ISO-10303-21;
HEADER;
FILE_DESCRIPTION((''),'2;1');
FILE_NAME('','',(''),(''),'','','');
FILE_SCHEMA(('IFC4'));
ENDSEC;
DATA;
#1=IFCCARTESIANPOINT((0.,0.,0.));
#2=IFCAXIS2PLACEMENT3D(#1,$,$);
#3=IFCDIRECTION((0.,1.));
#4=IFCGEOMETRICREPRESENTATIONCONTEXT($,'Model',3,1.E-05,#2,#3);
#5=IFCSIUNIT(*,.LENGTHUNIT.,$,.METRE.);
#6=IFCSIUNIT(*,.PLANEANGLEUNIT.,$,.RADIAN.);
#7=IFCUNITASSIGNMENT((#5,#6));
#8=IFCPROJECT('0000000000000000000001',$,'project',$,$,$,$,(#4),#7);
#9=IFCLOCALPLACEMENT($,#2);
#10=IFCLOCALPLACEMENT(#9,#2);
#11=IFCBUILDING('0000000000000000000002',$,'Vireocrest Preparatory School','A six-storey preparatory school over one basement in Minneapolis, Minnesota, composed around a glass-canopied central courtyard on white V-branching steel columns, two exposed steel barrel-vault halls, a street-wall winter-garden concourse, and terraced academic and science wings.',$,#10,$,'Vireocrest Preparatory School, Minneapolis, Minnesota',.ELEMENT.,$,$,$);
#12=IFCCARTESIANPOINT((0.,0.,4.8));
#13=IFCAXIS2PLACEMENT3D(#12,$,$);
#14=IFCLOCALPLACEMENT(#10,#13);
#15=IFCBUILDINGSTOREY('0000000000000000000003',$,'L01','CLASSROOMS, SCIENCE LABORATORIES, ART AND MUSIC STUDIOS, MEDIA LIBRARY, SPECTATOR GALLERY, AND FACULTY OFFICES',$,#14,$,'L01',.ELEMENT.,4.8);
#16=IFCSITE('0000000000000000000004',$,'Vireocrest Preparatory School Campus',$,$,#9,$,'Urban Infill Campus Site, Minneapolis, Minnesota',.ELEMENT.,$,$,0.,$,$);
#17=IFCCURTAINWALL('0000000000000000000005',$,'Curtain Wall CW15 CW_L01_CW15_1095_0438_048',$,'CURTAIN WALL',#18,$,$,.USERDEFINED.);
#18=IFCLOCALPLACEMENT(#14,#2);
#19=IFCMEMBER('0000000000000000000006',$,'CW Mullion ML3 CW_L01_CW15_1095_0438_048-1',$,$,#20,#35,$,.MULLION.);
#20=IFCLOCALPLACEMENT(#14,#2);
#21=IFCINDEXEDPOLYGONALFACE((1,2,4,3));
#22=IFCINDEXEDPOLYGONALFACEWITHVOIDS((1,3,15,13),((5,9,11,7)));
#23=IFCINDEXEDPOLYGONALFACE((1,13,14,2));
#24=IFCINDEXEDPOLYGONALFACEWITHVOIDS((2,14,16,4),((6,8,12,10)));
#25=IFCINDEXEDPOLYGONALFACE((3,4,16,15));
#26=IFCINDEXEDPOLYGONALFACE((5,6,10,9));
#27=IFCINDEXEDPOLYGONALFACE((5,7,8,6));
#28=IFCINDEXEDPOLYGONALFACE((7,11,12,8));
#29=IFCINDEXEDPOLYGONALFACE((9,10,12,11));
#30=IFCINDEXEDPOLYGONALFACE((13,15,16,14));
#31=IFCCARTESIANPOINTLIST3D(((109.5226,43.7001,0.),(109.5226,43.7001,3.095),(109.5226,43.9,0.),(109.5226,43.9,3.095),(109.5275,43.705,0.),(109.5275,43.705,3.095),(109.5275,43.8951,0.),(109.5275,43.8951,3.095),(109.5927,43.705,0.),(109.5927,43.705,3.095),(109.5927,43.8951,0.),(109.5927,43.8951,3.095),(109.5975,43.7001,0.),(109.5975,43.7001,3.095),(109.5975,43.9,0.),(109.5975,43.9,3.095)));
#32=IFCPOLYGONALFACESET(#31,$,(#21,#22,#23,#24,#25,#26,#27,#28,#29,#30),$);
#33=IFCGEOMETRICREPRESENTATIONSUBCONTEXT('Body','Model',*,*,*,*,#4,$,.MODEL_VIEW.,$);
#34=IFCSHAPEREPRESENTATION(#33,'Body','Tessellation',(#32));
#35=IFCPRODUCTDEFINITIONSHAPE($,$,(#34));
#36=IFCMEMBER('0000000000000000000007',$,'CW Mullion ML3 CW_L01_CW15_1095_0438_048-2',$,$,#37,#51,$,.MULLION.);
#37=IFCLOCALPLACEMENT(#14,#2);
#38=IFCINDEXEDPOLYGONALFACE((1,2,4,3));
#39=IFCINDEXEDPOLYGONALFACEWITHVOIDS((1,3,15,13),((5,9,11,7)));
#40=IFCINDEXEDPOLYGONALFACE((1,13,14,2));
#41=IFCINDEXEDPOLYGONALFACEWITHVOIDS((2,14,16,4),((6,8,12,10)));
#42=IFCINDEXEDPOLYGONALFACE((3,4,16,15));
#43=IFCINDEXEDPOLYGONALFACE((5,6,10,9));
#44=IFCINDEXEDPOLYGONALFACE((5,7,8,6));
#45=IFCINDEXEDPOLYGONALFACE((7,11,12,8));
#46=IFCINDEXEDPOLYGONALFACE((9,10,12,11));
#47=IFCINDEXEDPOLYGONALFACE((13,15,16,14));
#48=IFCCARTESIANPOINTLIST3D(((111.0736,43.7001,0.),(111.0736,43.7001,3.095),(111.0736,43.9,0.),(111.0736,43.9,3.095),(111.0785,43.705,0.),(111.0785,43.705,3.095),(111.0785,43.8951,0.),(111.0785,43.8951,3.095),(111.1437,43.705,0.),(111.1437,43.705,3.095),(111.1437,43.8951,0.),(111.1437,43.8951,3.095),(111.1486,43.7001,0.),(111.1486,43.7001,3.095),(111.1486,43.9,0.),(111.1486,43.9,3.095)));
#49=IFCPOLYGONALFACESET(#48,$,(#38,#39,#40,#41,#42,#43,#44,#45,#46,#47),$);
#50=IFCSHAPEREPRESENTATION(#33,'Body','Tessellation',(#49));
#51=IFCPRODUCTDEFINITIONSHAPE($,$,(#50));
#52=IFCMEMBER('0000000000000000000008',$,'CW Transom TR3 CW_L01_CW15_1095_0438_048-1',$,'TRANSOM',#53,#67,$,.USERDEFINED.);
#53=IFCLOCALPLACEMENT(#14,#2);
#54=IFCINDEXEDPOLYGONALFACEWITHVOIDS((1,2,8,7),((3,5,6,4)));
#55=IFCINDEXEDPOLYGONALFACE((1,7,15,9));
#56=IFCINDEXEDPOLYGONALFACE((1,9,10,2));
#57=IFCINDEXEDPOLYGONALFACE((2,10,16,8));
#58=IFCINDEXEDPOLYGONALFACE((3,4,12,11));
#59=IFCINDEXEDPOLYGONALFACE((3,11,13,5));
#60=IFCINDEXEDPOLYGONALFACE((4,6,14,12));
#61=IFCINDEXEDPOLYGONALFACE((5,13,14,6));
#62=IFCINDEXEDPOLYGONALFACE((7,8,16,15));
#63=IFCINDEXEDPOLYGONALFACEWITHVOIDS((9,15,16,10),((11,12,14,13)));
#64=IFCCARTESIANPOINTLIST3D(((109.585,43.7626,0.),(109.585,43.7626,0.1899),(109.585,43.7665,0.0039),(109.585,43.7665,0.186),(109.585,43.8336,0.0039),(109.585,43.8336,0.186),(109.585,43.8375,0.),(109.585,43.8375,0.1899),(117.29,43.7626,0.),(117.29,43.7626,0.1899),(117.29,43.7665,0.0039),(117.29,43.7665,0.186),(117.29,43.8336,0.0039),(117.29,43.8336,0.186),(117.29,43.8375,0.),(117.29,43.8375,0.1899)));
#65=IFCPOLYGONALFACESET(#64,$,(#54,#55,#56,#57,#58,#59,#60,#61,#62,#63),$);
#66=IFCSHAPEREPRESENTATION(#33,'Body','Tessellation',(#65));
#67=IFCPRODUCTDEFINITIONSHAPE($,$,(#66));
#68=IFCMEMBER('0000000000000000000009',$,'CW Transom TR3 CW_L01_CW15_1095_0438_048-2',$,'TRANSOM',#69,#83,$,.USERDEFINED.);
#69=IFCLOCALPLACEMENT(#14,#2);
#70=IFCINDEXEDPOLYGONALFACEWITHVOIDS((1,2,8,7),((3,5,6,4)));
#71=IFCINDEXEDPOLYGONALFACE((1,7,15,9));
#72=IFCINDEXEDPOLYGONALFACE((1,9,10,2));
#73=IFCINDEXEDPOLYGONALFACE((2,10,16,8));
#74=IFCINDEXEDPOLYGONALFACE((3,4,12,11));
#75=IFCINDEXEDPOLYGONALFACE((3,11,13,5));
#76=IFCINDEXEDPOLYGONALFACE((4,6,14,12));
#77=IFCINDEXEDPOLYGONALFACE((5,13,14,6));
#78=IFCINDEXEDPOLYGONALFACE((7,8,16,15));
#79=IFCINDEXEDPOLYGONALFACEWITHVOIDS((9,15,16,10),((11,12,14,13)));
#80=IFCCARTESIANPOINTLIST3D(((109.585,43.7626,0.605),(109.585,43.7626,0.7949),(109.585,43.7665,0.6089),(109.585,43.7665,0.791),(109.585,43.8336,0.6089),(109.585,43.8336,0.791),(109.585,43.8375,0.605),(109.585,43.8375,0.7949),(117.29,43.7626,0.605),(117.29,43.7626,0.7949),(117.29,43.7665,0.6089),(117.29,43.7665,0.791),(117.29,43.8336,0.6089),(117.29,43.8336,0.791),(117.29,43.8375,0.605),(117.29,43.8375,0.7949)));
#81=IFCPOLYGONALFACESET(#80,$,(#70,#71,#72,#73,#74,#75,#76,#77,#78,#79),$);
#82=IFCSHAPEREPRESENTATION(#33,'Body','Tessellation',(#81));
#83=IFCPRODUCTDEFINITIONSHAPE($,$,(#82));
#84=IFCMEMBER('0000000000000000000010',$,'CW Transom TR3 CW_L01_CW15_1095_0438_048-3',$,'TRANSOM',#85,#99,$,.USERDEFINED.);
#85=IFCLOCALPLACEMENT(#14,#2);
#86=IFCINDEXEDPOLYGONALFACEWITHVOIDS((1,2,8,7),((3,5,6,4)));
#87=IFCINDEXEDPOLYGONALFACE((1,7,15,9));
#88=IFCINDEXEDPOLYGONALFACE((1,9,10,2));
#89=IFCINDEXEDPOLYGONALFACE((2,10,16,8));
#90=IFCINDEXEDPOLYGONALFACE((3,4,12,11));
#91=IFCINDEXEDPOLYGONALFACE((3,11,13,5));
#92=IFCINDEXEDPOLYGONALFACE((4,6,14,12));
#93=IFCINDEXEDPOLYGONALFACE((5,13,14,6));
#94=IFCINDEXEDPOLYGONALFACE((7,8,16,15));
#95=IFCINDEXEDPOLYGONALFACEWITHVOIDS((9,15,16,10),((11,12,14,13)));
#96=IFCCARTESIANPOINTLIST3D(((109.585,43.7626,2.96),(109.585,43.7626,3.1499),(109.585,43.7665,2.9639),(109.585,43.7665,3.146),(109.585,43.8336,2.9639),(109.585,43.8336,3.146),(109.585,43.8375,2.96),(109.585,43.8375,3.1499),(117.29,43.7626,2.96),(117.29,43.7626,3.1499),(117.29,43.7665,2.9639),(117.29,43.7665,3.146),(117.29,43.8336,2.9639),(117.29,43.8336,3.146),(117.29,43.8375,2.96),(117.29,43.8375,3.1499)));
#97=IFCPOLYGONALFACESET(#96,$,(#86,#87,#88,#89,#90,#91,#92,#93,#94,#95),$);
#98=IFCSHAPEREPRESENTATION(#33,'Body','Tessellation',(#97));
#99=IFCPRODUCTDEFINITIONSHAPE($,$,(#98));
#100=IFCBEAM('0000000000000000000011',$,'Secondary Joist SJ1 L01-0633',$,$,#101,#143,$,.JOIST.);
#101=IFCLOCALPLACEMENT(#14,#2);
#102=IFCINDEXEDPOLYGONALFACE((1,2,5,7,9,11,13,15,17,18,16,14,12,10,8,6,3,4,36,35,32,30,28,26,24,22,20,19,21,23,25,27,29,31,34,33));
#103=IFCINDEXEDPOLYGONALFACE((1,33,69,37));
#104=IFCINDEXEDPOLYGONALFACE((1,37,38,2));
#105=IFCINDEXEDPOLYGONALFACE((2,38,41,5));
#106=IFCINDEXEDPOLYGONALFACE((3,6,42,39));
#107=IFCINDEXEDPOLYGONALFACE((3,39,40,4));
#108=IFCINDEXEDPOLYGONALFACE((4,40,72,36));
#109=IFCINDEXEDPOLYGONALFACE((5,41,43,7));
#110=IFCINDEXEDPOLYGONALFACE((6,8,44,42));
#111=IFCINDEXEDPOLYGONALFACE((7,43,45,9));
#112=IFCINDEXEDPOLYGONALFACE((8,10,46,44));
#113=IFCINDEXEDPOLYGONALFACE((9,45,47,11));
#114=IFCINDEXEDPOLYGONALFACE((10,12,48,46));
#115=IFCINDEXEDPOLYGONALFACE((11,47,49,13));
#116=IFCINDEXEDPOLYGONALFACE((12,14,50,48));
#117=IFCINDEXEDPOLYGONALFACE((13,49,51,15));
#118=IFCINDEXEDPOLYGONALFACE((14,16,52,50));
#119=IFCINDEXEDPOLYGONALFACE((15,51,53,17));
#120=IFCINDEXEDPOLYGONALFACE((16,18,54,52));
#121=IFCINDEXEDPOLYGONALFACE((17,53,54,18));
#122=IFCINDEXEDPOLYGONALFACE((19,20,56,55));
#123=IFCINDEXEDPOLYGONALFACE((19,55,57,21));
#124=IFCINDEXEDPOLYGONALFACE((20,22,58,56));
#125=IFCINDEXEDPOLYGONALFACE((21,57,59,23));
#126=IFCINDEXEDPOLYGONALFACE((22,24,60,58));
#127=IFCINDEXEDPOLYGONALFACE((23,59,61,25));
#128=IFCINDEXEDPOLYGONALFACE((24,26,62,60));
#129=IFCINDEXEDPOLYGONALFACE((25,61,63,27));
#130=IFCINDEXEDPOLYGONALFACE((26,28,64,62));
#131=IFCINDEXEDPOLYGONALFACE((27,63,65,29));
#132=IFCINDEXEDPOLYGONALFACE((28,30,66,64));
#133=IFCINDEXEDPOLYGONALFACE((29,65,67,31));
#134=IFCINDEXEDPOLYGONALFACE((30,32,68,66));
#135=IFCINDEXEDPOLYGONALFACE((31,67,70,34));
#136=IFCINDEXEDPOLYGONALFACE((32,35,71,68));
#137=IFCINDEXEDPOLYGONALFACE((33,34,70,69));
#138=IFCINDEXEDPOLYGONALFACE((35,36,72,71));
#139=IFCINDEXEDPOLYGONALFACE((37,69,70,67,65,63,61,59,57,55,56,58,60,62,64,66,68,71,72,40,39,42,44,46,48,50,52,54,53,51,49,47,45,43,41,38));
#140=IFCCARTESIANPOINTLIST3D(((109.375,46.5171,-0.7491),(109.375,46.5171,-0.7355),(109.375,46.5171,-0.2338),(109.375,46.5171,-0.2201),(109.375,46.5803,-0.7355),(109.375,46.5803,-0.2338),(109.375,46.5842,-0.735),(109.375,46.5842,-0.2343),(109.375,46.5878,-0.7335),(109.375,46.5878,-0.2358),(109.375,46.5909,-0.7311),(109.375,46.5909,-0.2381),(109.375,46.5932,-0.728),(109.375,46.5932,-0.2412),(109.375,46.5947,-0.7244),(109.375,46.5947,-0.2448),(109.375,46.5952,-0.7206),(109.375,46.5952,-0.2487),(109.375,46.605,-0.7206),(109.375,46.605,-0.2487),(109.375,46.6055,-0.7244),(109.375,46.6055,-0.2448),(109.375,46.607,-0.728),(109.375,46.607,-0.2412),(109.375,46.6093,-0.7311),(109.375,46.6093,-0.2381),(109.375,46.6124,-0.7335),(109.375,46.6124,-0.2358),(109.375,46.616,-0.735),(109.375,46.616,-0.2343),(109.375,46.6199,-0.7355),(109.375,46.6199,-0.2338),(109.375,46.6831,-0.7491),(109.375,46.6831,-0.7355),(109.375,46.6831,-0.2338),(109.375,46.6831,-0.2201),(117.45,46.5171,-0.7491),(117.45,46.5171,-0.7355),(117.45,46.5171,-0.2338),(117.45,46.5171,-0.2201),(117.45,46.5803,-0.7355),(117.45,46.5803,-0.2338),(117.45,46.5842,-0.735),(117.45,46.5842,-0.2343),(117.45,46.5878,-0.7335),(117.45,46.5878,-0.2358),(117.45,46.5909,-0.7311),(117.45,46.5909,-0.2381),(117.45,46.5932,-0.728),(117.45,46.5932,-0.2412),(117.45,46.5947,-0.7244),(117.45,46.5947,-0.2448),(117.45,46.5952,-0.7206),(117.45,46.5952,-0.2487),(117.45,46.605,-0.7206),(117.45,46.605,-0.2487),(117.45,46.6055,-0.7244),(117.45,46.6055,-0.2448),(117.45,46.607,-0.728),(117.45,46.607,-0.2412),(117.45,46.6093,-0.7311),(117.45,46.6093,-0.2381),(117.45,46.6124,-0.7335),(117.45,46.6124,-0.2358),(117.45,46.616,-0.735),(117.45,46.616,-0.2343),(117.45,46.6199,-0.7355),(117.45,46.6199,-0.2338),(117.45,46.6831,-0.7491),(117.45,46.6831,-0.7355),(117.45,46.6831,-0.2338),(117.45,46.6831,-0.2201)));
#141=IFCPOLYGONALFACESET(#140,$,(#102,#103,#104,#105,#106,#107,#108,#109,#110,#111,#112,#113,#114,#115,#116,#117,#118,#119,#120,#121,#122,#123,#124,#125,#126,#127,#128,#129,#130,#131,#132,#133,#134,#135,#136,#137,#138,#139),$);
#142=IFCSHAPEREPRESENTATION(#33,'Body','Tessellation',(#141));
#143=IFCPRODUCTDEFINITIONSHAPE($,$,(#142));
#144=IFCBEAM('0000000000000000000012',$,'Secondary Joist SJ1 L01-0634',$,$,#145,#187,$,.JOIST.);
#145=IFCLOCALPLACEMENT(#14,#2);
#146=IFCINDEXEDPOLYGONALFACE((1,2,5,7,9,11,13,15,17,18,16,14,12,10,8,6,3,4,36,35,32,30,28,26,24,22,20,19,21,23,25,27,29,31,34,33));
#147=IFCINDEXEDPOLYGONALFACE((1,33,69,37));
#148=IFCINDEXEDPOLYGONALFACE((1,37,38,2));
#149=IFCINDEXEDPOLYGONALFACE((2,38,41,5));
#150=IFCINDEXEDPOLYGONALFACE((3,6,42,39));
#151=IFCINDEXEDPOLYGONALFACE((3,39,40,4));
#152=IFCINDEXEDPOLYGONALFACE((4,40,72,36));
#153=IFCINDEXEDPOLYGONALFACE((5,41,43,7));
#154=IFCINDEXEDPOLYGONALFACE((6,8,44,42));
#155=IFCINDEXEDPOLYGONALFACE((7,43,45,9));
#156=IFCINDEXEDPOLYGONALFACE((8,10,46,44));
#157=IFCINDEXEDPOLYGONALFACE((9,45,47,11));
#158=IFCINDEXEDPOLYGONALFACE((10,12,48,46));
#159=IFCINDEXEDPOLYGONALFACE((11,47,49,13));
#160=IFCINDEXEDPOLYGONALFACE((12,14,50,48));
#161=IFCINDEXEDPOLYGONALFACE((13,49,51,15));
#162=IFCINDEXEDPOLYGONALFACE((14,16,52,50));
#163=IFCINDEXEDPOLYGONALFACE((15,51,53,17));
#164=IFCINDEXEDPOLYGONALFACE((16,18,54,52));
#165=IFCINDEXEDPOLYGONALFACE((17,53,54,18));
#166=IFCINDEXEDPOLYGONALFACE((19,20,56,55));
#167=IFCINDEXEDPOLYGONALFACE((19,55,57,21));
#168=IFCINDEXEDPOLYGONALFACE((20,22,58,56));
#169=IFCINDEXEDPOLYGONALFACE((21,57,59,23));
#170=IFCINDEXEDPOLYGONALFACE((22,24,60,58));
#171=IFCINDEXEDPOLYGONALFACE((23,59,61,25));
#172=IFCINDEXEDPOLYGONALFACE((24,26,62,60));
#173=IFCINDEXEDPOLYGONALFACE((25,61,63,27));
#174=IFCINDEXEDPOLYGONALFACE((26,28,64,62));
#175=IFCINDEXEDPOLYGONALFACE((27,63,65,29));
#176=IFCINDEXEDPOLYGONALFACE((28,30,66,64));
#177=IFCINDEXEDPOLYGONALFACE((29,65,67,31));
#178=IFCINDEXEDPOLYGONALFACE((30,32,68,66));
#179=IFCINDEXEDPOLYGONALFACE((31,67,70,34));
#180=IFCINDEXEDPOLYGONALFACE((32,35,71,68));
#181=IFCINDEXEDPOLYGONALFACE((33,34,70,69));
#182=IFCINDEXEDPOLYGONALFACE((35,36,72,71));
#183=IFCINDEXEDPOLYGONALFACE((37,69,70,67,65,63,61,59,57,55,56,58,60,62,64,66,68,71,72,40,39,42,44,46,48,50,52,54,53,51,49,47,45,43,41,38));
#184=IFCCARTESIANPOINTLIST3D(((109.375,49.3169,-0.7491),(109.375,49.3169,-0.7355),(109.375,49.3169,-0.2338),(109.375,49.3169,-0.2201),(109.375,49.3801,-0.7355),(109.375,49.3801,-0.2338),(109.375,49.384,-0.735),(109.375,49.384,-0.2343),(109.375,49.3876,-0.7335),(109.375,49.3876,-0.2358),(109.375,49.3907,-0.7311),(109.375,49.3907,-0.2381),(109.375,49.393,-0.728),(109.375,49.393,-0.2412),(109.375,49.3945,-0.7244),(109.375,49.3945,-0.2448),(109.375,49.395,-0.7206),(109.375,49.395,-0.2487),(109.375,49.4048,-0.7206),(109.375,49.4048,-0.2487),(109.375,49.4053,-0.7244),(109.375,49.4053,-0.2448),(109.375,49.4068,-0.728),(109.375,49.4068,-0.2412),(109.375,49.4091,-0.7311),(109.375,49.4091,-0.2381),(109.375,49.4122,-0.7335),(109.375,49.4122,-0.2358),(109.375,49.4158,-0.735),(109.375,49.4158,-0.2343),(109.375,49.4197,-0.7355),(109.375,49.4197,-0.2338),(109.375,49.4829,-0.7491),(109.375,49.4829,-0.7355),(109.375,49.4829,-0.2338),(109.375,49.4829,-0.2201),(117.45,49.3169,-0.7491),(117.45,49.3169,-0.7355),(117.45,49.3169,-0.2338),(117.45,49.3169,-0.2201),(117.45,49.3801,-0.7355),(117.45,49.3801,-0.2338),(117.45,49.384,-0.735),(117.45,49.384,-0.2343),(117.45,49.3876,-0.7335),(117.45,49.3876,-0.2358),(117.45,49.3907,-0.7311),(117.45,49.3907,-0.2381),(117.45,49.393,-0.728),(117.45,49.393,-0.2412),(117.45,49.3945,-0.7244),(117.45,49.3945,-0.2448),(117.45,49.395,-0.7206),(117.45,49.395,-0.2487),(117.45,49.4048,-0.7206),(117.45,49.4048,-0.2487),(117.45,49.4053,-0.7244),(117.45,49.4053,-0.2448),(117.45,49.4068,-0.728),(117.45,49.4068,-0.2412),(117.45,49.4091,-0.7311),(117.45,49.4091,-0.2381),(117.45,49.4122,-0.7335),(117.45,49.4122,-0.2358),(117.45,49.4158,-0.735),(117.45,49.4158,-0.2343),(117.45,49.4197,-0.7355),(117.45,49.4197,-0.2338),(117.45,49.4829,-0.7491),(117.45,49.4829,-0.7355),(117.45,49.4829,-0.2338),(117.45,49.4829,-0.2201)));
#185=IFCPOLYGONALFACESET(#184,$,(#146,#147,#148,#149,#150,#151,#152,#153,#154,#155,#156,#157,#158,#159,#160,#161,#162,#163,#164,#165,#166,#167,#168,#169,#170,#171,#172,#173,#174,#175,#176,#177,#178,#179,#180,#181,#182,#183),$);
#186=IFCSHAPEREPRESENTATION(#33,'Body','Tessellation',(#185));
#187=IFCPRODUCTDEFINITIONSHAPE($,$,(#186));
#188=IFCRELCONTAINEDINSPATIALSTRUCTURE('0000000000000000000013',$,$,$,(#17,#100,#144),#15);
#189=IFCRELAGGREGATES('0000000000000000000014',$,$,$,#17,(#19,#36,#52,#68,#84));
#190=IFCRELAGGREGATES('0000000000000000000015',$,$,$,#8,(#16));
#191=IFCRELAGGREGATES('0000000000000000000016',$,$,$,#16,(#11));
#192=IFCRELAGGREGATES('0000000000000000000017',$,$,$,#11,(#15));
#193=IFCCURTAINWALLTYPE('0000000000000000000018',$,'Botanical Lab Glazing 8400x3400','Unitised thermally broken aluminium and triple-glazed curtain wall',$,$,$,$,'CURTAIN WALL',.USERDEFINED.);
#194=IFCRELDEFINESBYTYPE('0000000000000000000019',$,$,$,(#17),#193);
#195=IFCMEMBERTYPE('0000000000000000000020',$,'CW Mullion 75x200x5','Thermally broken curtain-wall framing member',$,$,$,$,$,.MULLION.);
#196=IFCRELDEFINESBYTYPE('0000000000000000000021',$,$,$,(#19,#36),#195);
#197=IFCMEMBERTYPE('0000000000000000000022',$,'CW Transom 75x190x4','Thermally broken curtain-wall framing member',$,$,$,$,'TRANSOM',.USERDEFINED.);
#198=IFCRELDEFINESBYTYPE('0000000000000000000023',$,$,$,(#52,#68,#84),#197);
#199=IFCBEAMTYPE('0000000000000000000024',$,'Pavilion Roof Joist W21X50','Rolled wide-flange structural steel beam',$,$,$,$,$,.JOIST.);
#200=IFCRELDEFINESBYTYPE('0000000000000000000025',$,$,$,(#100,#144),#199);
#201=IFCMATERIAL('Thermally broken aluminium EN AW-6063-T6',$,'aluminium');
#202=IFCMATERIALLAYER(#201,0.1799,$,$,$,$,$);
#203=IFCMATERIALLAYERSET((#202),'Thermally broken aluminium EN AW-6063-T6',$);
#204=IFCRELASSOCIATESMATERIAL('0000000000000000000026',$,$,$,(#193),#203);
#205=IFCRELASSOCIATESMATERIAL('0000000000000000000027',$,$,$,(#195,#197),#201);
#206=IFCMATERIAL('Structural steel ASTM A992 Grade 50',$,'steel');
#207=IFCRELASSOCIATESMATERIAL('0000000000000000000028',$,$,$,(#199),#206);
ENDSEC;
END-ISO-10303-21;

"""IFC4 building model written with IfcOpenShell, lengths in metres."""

from ifc_helpers import new_model, si_unit, direction, frame, origin, origin_2d, place, context, subcontext, project, spatial, hollow_rectangle, i_section, extrude, material, layer, layer_set, material_profile, profile_set, type_object, element, aggregate, save


model = new_model("IFC4")

# Units and contexts
model_context = context("Model", 3, precision=1e-05, world=origin(), true_north=direction((0.0, 1.0)))
body_context = subcontext(model_context, "Body", "Model", "MODEL_VIEW")
ifc_project = project(units=[si_unit("LENGTHUNIT", "METRE"), si_unit("PLANEANGLEUNIT", "RADIAN")], contexts=[model_context])

# Site, building, storey
site_placement = place(None, origin())
site = spatial("IfcSite", under=ifc_project, at=site_placement, Name="Vireocrest Preparatory School Campus", LongName="Urban Infill Campus Site, Minneapolis, Minnesota", CompositionType="ELEMENT", RefElevation=0.0)
building_placement = place(site_placement, origin())
building = spatial("IfcBuilding", under=site, at=building_placement, Name="Vireocrest Preparatory School", Description="A six-storey preparatory school over one basement in Minneapolis, Minnesota, composed around a glass-canopied central courtyard on white V-branching steel columns, two exposed steel barrel-vault halls, a street-wall winter-garden concourse, and terraced academic and science wings.", LongName="Vireocrest Preparatory School, Minneapolis, Minnesota", CompositionType="ELEMENT")
storey_placement = place(building_placement, frame((0.0, 0.0, 4.8)))
storey = spatial("IfcBuildingStorey", under=building, at=storey_placement, Name="L01", Description="CLASSROOMS, SCIENCE LABORATORIES, ART AND MUSIC STUDIOS, MEDIA LIBRARY, SPECTATOR GALLERY, AND FACULTY OFFICES", LongName="L01", CompositionType="ELEMENT", Elevation=4.8)

# Curtain wall, members
ifc_material_1 = material(Name="Thermally broken aluminium EN AW-6063-T6", Category="aluminium")
ifc_layer_1 = layer(ifc_material_1, 0.1799)
ifc_layer_set_1 = layer_set([ifc_layer_1], Name="Thermally broken aluminium EN AW-6063-T6")
curtain_wall_type = type_object("IfcCurtainWallType", Name="Botanical Lab Glazing 8400x3400", Description="Unitised thermally broken aluminium and triple-glazed curtain wall", ElementType="CURTAIN WALL", PredefinedType="USERDEFINED", material=ifc_layer_set_1)
curtain_wall_placement = place(storey_placement, origin())
curtain_wall = element("IfcCurtainWall", 1, at=curtain_wall_placement, inside=storey, type_object=curtain_wall_type, Name="Curtain Wall CW15 CW_L01_CW15_1095_0438_048", ObjectType="CURTAIN WALL", PredefinedType="USERDEFINED")
ifc_material_profile_1 = material_profile(ifc_material_1, hollow_rectangle(XDim=0.075, YDim=0.2, WallThickness=0.0049, at=origin_2d()), Name="ALU 75x200x5")
ifc_profile_set_1 = profile_set([ifc_material_profile_1], Name="Thermally broken aluminium EN AW-6063-T6")
member_type_1 = type_object("IfcMemberType", Name="CW Mullion 75x200x5", Description="Thermally broken curtain-wall framing member", PredefinedType="MULLION", material=ifc_profile_set_1)
member_1_placement = place(storey_placement, frame((109.5601, 43.8, 0.0), z_axis=(0.0, 0.0, 1.0), x_axis=(1.0, 0.0, 0.0)))
member_1 = element("IfcMember", 2, at=member_1_placement, type_object=member_type_1, Name="CW Mullion ML3 CW_L01_CW15_1095_0438_048-1", PredefinedType="MULLION", context=body_context, shape_type="SweptSolid", body=[
    extrude(hollow_rectangle(XDim=0.075, YDim=0.2, WallThickness=0.0049, at=origin_2d()), origin(), (0.0, 0.0, 1.0), 3.095),
])
member_2_placement = place(storey_placement, frame((111.1111, 43.8, 0.0), z_axis=(0.0, 0.0, 1.0), x_axis=(1.0, 0.0, 0.0)))
member_2 = element("IfcMember", 3, at=member_2_placement, type_object=member_type_1, Name="CW Mullion ML3 CW_L01_CW15_1095_0438_048-2", PredefinedType="MULLION", context=body_context, shape_type="SweptSolid", body=[
    extrude(hollow_rectangle(XDim=0.075, YDim=0.2, WallThickness=0.0049, at=origin_2d()), origin(), (0.0, 0.0, 1.0), 3.095),
])
ifc_material_profile_2 = material_profile(ifc_material_1, hollow_rectangle(XDim=0.075, YDim=0.1899, WallThickness=0.0039, at=origin_2d()), Name="ALU 75x190x4")
ifc_profile_set_2 = profile_set([ifc_material_profile_2], Name="Thermally broken aluminium EN AW-6063-T6")
member_type_2 = type_object("IfcMemberType", Name="CW Transom 75x190x4", Description="Thermally broken curtain-wall framing member", ElementType="TRANSOM", PredefinedType="USERDEFINED", material=ifc_profile_set_2)
member_3_placement = place(storey_placement, frame((109.585, 43.8, 0.095), z_axis=(1.0, 0.0, 0.0), x_axis=(0.0, 1.0, 0.0)))
member_3 = element("IfcMember", 4, at=member_3_placement, type_object=member_type_2, Name="CW Transom TR3 CW_L01_CW15_1095_0438_048-1", ObjectType="TRANSOM", PredefinedType="USERDEFINED", context=body_context, shape_type="SweptSolid", body=[
    extrude(hollow_rectangle(XDim=0.075, YDim=0.1899, WallThickness=0.0039, at=origin_2d()), origin(), (0.0, 0.0, 1.0), 7.7051),
])
member_4_placement = place(storey_placement, frame((109.585, 43.8, 0.7), z_axis=(1.0, 0.0, 0.0), x_axis=(0.0, 1.0, 0.0)))
member_4 = element("IfcMember", 5, at=member_4_placement, type_object=member_type_2, Name="CW Transom TR3 CW_L01_CW15_1095_0438_048-2", ObjectType="TRANSOM", PredefinedType="USERDEFINED", context=body_context, shape_type="SweptSolid", body=[
    extrude(hollow_rectangle(XDim=0.075, YDim=0.1899, WallThickness=0.0039, at=origin_2d()), origin(), (0.0, 0.0, 1.0), 7.7051),
])
member_5_placement = place(storey_placement, frame((109.585, 43.8, 3.0549), z_axis=(1.0, 0.0, 0.0), x_axis=(0.0, 1.0, 0.0)))
member_5 = element("IfcMember", 6, at=member_5_placement, type_object=member_type_2, Name="CW Transom TR3 CW_L01_CW15_1095_0438_048-3", ObjectType="TRANSOM", PredefinedType="USERDEFINED", context=body_context, shape_type="SweptSolid", body=[
    extrude(hollow_rectangle(XDim=0.075, YDim=0.1899, WallThickness=0.0039, at=origin_2d()), origin(), (0.0, 0.0, 1.0), 7.7051),
])

# Beams
ifc_material_2 = material(Name="Structural steel ASTM A992 Grade 50", Category="steel")
ifc_material_profile_3 = material_profile(ifc_material_2, i_section(OverallWidth=0.166, OverallDepth=0.5291, WebThickness=0.0098, FlangeThickness=0.0137, FilletRadius=0.0149, at=origin_2d()), Name="W21X50")
ifc_profile_set_3 = profile_set([ifc_material_profile_3], Name="Structural steel ASTM A992 Grade 50")
beam_type_1 = type_object("IfcBeamType", Name="Pavilion Roof Joist W21X50", Description="Rolled wide-flange structural steel beam", PredefinedType="JOIST", material=ifc_profile_set_3)
for number, where, z_axis, x_axis, name in (
    (7, (109.375, 46.6001, -0.4846), (1.0, 0.0, 0.0), (0.0, 1.0, 0.0), "Secondary Joist SJ1 L01-0633"),
    (8, (109.375, 49.3999, -0.4846), (1.0, 0.0, 0.0), (0.0, 1.0, 0.0), "Secondary Joist SJ1 L01-0634"),
):
    element("IfcBeam", number, at=place(storey_placement, frame(where, z_axis=z_axis, x_axis=x_axis)), inside=storey, type_object=beam_type_1, Name=name, PredefinedType="JOIST", context=body_context, shape_type="SweptSolid", body=[
        extrude(i_section(OverallWidth=0.166, OverallDepth=0.5291, WebThickness=0.0098, FlangeThickness=0.0137, FilletRadius=0.0149, at=origin_2d()), origin(), (0.0, 0.0, 1.0), 8.075),
    ])

aggregate(curtain_wall, [member_1, member_2, member_3, member_4, member_5])

save(model, "model.ifc")
